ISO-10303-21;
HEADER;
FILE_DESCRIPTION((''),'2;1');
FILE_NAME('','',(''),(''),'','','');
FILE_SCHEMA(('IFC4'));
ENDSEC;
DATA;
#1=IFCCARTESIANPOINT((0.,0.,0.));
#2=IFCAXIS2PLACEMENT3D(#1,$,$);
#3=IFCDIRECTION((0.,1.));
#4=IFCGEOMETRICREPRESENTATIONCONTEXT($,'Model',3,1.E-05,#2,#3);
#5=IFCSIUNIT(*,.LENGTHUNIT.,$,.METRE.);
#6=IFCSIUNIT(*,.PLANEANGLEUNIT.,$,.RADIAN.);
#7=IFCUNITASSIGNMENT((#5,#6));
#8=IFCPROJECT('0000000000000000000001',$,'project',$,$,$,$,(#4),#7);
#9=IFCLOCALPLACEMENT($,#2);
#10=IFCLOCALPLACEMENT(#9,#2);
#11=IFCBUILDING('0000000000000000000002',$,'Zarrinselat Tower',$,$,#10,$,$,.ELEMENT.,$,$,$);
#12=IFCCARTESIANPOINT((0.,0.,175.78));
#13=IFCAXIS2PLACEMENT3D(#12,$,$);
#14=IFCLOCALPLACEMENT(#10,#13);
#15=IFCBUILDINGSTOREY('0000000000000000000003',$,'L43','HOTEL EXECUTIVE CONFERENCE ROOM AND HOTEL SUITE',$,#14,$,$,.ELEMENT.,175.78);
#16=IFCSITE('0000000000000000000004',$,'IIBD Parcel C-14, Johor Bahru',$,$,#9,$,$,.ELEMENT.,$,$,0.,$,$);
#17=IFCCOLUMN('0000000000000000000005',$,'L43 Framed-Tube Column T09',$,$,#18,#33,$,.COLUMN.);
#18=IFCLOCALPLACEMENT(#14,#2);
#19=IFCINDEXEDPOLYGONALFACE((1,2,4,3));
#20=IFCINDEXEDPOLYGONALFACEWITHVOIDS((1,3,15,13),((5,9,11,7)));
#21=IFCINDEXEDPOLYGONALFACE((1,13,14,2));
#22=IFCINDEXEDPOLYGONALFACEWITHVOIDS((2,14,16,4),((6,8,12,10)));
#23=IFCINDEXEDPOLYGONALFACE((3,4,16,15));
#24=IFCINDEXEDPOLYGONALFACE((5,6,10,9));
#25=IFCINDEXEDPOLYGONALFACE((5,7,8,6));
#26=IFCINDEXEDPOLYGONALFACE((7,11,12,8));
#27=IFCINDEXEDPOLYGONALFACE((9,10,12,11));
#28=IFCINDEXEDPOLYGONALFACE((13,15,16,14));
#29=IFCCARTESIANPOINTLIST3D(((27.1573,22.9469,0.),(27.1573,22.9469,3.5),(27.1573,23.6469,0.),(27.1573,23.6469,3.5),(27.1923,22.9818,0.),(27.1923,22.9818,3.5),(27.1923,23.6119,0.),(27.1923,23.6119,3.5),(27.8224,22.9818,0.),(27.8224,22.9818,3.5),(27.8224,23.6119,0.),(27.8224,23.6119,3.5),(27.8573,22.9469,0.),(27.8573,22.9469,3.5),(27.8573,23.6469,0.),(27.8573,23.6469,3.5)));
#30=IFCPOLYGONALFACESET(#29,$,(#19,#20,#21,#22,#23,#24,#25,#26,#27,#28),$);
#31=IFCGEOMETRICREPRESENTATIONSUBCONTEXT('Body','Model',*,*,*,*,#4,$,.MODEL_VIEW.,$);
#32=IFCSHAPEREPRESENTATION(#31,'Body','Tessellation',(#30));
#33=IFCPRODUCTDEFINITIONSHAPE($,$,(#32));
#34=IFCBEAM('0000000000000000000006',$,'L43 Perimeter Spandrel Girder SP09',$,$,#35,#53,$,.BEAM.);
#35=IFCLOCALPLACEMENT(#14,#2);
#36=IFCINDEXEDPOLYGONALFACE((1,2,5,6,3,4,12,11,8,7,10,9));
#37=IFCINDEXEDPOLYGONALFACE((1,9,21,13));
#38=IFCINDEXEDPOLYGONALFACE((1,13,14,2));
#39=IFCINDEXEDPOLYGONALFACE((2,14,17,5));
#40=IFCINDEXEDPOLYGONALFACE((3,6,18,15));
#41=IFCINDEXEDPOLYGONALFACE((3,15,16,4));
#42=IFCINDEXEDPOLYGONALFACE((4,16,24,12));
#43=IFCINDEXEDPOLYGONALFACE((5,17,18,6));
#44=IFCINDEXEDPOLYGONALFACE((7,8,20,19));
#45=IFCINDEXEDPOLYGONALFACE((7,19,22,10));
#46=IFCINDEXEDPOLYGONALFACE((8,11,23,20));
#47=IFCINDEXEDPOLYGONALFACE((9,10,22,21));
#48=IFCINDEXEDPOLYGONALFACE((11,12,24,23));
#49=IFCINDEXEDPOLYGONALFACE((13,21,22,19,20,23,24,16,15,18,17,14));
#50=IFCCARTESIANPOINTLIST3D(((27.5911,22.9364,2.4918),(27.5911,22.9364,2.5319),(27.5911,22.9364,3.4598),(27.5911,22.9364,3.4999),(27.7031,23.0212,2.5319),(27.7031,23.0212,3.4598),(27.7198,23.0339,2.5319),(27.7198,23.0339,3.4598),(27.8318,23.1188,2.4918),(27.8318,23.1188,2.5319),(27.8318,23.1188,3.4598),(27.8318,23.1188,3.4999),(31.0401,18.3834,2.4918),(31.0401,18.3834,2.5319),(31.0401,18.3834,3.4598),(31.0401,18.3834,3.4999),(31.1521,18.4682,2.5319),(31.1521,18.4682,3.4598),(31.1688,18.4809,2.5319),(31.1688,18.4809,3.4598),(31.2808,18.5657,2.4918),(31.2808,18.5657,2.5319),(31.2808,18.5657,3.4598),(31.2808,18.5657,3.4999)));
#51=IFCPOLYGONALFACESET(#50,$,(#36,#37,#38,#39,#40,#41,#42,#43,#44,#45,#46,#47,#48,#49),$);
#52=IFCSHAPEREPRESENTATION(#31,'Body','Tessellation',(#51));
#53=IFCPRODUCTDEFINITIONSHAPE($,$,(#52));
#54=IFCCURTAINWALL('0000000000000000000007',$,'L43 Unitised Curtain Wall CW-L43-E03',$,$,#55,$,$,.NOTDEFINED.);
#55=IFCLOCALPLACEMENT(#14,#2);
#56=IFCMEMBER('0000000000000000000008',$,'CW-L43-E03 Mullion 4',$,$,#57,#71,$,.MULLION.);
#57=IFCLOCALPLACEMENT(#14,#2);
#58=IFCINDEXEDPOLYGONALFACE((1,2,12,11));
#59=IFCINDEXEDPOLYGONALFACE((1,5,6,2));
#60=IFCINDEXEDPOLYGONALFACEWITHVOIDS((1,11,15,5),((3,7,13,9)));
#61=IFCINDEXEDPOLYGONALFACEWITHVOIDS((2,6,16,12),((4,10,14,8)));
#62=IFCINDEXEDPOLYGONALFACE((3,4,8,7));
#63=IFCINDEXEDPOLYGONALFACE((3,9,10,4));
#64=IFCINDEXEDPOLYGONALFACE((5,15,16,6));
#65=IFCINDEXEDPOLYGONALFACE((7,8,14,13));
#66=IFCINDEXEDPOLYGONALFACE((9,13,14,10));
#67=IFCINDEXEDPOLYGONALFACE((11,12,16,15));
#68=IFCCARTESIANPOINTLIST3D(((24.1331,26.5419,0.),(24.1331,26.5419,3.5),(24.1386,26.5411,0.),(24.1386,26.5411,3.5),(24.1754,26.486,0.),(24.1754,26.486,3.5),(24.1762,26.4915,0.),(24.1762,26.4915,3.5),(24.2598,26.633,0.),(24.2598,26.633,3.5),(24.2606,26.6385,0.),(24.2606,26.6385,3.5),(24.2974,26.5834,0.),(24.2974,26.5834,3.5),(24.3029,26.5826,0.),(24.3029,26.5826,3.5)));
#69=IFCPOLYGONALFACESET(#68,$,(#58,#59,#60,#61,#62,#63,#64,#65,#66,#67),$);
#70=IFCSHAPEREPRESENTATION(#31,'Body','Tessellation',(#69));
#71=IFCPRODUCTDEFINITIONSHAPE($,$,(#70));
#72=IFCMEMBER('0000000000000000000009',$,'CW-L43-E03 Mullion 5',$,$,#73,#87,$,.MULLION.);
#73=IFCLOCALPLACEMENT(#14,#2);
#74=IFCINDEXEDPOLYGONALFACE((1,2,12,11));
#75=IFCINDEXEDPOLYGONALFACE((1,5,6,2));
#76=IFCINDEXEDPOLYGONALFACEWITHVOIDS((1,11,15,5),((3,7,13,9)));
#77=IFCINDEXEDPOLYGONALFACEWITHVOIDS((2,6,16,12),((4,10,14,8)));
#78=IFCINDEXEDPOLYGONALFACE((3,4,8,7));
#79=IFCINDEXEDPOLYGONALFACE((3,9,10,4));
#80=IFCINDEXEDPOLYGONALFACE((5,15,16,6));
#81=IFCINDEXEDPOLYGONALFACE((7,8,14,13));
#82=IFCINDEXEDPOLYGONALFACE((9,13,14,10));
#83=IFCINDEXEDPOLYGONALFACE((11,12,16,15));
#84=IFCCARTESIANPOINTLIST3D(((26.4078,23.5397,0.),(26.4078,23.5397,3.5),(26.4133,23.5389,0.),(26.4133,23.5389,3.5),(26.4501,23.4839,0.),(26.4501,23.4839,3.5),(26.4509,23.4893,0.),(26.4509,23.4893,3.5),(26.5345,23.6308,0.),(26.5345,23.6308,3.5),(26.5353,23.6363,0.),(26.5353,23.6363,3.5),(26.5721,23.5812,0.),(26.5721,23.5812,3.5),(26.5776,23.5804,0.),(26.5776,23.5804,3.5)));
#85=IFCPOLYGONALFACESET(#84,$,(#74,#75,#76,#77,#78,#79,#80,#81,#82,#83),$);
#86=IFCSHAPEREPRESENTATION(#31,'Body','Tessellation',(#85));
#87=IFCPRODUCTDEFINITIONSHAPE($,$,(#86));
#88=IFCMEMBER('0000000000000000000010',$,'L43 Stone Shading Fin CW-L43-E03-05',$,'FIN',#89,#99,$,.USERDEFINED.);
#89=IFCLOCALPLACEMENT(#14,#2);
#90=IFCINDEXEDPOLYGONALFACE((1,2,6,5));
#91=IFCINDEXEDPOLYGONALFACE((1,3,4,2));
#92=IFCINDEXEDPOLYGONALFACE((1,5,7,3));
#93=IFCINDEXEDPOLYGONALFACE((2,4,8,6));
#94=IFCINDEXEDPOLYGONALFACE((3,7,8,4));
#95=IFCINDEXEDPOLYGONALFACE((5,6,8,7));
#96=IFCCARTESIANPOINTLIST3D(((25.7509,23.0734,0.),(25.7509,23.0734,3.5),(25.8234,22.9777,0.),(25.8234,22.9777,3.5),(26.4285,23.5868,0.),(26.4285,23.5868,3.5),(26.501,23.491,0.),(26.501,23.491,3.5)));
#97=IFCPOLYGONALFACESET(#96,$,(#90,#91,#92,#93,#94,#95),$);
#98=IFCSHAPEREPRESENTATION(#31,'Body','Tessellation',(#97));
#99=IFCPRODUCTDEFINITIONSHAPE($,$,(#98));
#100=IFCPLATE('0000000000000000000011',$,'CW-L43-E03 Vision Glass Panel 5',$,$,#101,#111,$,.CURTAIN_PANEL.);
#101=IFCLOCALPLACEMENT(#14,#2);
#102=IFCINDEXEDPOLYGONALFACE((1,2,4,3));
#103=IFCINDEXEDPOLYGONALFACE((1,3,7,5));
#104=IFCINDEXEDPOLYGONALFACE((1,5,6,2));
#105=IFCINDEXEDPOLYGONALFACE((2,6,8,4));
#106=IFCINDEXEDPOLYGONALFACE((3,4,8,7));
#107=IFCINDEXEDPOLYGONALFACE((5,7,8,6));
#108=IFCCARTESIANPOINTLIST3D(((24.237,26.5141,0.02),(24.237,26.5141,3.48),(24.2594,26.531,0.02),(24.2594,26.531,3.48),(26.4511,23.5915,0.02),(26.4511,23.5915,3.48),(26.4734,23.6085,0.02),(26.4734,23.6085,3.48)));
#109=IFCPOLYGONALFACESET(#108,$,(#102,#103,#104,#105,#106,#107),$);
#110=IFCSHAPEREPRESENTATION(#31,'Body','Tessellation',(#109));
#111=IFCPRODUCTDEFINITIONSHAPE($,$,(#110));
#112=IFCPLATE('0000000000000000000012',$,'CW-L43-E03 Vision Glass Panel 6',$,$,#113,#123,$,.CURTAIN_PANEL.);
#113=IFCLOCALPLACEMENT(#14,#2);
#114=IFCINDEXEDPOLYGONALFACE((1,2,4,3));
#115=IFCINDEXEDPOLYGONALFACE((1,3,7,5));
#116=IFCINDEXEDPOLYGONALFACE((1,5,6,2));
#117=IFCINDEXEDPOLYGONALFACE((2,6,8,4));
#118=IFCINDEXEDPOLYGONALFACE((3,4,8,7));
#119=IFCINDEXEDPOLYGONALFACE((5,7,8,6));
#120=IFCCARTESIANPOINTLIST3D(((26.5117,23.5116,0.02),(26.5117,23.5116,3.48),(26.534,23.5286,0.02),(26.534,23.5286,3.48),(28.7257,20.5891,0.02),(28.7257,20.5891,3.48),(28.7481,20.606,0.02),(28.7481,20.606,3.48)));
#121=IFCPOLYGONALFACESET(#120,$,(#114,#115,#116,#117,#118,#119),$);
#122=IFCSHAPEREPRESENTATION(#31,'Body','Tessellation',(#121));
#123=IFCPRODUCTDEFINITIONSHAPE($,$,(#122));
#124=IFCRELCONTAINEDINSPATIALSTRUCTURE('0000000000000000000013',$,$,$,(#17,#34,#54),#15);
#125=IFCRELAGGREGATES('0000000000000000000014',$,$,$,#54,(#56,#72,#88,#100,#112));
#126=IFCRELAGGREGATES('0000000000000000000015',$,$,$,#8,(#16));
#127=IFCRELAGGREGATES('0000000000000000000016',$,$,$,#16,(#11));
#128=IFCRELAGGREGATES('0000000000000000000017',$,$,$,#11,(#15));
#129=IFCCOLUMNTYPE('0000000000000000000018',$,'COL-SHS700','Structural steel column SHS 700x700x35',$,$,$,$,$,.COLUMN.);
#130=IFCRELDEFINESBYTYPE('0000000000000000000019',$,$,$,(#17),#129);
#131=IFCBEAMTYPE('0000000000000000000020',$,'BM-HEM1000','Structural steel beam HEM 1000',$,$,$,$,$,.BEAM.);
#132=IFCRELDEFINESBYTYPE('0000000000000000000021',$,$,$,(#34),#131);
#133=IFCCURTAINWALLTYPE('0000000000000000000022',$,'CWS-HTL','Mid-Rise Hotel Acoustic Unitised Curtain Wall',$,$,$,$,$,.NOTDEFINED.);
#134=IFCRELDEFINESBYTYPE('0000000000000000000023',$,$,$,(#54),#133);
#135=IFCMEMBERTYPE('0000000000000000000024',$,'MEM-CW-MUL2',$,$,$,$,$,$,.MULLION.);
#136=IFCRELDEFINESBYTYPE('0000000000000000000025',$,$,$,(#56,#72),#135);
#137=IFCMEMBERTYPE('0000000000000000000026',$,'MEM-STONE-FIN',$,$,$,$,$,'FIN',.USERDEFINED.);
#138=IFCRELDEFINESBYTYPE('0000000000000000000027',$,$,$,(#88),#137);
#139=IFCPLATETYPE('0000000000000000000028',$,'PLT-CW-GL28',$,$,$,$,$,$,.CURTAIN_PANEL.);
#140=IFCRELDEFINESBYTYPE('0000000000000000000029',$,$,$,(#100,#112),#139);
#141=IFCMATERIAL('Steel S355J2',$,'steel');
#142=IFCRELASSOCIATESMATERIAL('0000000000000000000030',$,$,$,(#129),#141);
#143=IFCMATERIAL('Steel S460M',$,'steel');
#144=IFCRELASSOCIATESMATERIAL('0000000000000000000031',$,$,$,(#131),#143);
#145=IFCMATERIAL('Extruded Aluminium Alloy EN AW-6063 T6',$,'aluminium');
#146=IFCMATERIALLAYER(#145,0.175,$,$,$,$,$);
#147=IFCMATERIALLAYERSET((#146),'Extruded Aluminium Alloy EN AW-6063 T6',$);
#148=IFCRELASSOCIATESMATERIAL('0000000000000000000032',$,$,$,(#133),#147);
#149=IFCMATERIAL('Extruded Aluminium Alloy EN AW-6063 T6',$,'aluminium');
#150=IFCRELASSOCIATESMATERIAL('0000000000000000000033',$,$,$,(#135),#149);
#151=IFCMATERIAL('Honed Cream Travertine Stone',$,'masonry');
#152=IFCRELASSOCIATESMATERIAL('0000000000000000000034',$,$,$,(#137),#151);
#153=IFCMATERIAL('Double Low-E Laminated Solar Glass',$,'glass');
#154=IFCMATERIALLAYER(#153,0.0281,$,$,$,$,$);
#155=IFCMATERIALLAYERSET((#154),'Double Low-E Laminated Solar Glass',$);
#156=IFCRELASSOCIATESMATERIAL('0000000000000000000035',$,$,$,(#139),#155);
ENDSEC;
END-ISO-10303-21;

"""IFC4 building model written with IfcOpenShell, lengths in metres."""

from ifc_helpers import new_model, si_unit, direction, frame, origin, origin_2d, place, context, subcontext, project, spatial, rectangle, hollow_rectangle, i_section, extrude, material, layer, layer_set, material_profile, profile_set, type_object, element, aggregate, save


model = new_model("IFC4")

# Units and contexts
model_context = context("Model", 3, precision=1e-05, world=origin(), true_north=direction((0.0, 1.0)))
body_context = subcontext(model_context, "Body", "Model", "MODEL_VIEW")
ifc_project = project(units=[si_unit("LENGTHUNIT", "METRE"), si_unit("PLANEANGLEUNIT", "RADIAN")], contexts=[model_context])

# Site, building, storey
site_placement = place(None, origin())
site = spatial("IfcSite", under=ifc_project, at=site_placement, Name="IIBD Parcel C-14, Johor Bahru", CompositionType="ELEMENT", RefElevation=0.0)
building_placement = place(site_placement, origin())
building = spatial("IfcBuilding", under=site, at=building_placement, Name="Zarrinselat Tower", CompositionType="ELEMENT")
storey_placement = place(building_placement, frame((0.0, 0.0, 175.78)))
storey = spatial("IfcBuildingStorey", under=building, at=storey_placement, Name="L43", Description="HOTEL EXECUTIVE CONFERENCE ROOM AND HOTEL SUITE", CompositionType="ELEMENT", Elevation=175.78)

# Column
ifc_material_1 = material(Name="Steel S355J2", Category="steel")
ifc_material_profile_1 = material_profile(ifc_material_1, hollow_rectangle(XDim=0.7, YDim=0.7, WallThickness=0.0349, at=origin_2d()), Name="SHS 700x700x35")
ifc_profile_set_1 = profile_set([ifc_material_profile_1], Name="Steel S355J2")
column_type = type_object("IfcColumnType", Name="COL-SHS700", Description="Structural steel column SHS 700x700x35", PredefinedType="COLUMN", material=ifc_profile_set_1)
column_placement = place(storey_placement, frame((27.5073, 23.2969, 0.0), z_axis=(0.0, 0.0, 1.0), x_axis=(1.0, 0.0, 0.0)))
element("IfcColumn", 1, at=column_placement, inside=storey, type_object=column_type, Name="L43 Framed-Tube Column T09", PredefinedType="COLUMN", context=body_context, shape_type="SweptSolid", body=[
    extrude(hollow_rectangle(XDim=0.7, YDim=0.7, WallThickness=0.0349, at=origin_2d()), origin(), (0.0, 0.0, 1.0), 3.5),
])

# Beam
ifc_material_2 = material(Name="Steel S460M", Category="steel")
ifc_material_profile_2 = material_profile(ifc_material_2, i_section(OverallWidth=0.302, OverallDepth=1.0081, WebThickness=0.021, FlangeThickness=0.04, at=origin_2d()), Name="HEM 1000")
ifc_profile_set_2 = profile_set([ifc_material_profile_2], Name="Steel S460M")
beam_type = type_object("IfcBeamType", Name="BM-HEM1000", Description="Structural steel beam HEM 1000", PredefinedType="BEAM", material=ifc_profile_set_2)
beam_placement = place(storey_placement, frame((27.7114, 23.0276, 2.9958), z_axis=(0.60383, -0.797113, 0.0), x_axis=(0.797113, 0.60383, 0.0)))
element("IfcBeam", 2, at=beam_placement, inside=storey, type_object=beam_type, Name="L43 Perimeter Spandrel Girder SP09", PredefinedType="BEAM", context=body_context, shape_type="SweptSolid", body=[
    extrude(i_section(OverallWidth=0.302, OverallDepth=1.0081, WebThickness=0.021, FlangeThickness=0.04, at=origin_2d()), origin(), (0.0, 0.0, 1.0), 5.7119),
])

# Curtain wall, members, plates
ifc_material_3 = material(Name="Extruded Aluminium Alloy EN AW-6063 T6", Category="aluminium")
ifc_layer_1 = layer(ifc_material_3, 0.175)
ifc_layer_set_1 = layer_set([ifc_layer_1], Name="Extruded Aluminium Alloy EN AW-6063 T6")
curtain_wall_type = type_object("IfcCurtainWallType", Name="CWS-HTL", Description="Mid-Rise Hotel Acoustic Unitised Curtain Wall", PredefinedType="NOTDEFINED", material=ifc_layer_set_1)
curtain_wall_placement = place(storey_placement, origin())
curtain_wall = element("IfcCurtainWall", 3, at=curtain_wall_placement, inside=storey, type_object=curtain_wall_type, Name="L43 Unitised Curtain Wall CW-L43-E03", PredefinedType="NOTDEFINED")
ifc_material_4 = material(Name="Extruded Aluminium Alloy EN AW-6063 T6", Category="aluminium")
ifc_material_profile_3 = material_profile(ifc_material_4, hollow_rectangle(XDim=0.0701, YDim=0.1599, WallThickness=0.0039, at=origin_2d()), Name="RHS 160x70x4")
ifc_profile_set_3 = profile_set([ifc_material_profile_3], Name="Extruded Aluminium Alloy EN AW-6063 T6")
member_type_1 = type_object("IfcMemberType", Name="MEM-CW-MUL2", PredefinedType="MULLION", material=ifc_profile_set_3)
member_1_placement = place(storey_placement, frame((24.218, 26.5623, 0.0), z_axis=(0.0, 0.0, 1.0), x_axis=(0.603857, -0.797092, 0.0)))
member_1 = element("IfcMember", 4, at=member_1_placement, type_object=member_type_1, Name="CW-L43-E03 Mullion 4", PredefinedType="MULLION", context=body_context, shape_type="SweptSolid", body=[
    extrude(hollow_rectangle(XDim=0.0701, YDim=0.1599, WallThickness=0.0039, at=origin_2d()), origin(), (0.0, 0.0, 1.0), 3.5),
])
member_2_placement = place(storey_placement, frame((26.4927, 23.5601, 0.0), z_axis=(0.0, 0.0, 1.0), x_axis=(0.603857, -0.797092, 0.0)))
member_2 = element("IfcMember", 5, at=member_2_placement, type_object=member_type_1, Name="CW-L43-E03 Mullion 5", PredefinedType="MULLION", context=body_context, shape_type="SweptSolid", body=[
    extrude(hollow_rectangle(XDim=0.0701, YDim=0.1599, WallThickness=0.0039, at=origin_2d()), origin(), (0.0, 0.0, 1.0), 3.5),
])
ifc_material_5 = material(Name="Honed Cream Travertine Stone", Category="masonry")
ifc_material_profile_4 = material_profile(ifc_material_5, rectangle(XDim=0.1201, YDim=0.8501, at=origin_2d()), Name="FIN 850x120")
ifc_profile_set_4 = profile_set([ifc_material_profile_4], Name="Honed Cream Travertine Stone")
member_type_2 = type_object("IfcMemberType", Name="MEM-STONE-FIN", ElementType="FIN", PredefinedType="USERDEFINED", material=ifc_profile_set_4)
member_3_placement = place(storey_placement, frame((26.126, 23.2822, 0.0), z_axis=(0.0, 0.0, 1.0), x_axis=(-0.603857, 0.797092, 0.0)))
member_3 = element("IfcMember", 6, at=member_3_placement, type_object=member_type_2, Name="L43 Stone Shading Fin CW-L43-E03-05", ObjectType="FIN", PredefinedType="USERDEFINED", context=body_context, shape_type="SweptSolid", body=[
    extrude(rectangle(XDim=0.1201, YDim=0.8501, at=origin_2d()), origin(), (0.0, 0.0, 1.0), 3.5),
])
ifc_material_6 = material(Name="Double Low-E Laminated Solar Glass", Category="glass")
ifc_layer_2 = layer(ifc_material_6, 0.0281)
ifc_layer_set_2 = layer_set([ifc_layer_2], Name="Double Low-E Laminated Solar Glass")
plate_type = type_object("IfcPlateType", Name="PLT-CW-GL28", PredefinedType="CURTAIN_PANEL", material=ifc_layer_set_2)
plate_1_placement = place(storey_placement, frame((25.3552, 25.0613, 0.02), z_axis=(0.0, 0.0, 1.0), x_axis=(0.603857, -0.797092, 0.0)))
plate_1 = element("IfcPlate", 7, at=plate_1_placement, type_object=plate_type, Name="CW-L43-E03 Vision Glass Panel 5", PredefinedType="CURTAIN_PANEL", context=body_context, shape_type="SweptSolid", body=[
    extrude(rectangle(XDim=3.6665, YDim=0.0281, at=origin_2d()), origin(), (0.0, 0.0, 1.0), 3.46),
])
plate_2_placement = place(storey_placement, frame((27.6299, 22.0588, 0.02), z_axis=(0.0, 0.0, 1.0), x_axis=(0.603857, -0.797092, 0.0)))
plate_2 = element("IfcPlate", 8, at=plate_2_placement, type_object=plate_type, Name="CW-L43-E03 Vision Glass Panel 6", PredefinedType="CURTAIN_PANEL", context=body_context, shape_type="SweptSolid", body=[
    extrude(rectangle(XDim=3.6665, YDim=0.0281, at=origin_2d()), origin(), (0.0, 0.0, 1.0), 3.46),
])
aggregate(curtain_wall, [member_1, member_2, member_3, plate_1, plate_2])

save(model, "model.ifc")
